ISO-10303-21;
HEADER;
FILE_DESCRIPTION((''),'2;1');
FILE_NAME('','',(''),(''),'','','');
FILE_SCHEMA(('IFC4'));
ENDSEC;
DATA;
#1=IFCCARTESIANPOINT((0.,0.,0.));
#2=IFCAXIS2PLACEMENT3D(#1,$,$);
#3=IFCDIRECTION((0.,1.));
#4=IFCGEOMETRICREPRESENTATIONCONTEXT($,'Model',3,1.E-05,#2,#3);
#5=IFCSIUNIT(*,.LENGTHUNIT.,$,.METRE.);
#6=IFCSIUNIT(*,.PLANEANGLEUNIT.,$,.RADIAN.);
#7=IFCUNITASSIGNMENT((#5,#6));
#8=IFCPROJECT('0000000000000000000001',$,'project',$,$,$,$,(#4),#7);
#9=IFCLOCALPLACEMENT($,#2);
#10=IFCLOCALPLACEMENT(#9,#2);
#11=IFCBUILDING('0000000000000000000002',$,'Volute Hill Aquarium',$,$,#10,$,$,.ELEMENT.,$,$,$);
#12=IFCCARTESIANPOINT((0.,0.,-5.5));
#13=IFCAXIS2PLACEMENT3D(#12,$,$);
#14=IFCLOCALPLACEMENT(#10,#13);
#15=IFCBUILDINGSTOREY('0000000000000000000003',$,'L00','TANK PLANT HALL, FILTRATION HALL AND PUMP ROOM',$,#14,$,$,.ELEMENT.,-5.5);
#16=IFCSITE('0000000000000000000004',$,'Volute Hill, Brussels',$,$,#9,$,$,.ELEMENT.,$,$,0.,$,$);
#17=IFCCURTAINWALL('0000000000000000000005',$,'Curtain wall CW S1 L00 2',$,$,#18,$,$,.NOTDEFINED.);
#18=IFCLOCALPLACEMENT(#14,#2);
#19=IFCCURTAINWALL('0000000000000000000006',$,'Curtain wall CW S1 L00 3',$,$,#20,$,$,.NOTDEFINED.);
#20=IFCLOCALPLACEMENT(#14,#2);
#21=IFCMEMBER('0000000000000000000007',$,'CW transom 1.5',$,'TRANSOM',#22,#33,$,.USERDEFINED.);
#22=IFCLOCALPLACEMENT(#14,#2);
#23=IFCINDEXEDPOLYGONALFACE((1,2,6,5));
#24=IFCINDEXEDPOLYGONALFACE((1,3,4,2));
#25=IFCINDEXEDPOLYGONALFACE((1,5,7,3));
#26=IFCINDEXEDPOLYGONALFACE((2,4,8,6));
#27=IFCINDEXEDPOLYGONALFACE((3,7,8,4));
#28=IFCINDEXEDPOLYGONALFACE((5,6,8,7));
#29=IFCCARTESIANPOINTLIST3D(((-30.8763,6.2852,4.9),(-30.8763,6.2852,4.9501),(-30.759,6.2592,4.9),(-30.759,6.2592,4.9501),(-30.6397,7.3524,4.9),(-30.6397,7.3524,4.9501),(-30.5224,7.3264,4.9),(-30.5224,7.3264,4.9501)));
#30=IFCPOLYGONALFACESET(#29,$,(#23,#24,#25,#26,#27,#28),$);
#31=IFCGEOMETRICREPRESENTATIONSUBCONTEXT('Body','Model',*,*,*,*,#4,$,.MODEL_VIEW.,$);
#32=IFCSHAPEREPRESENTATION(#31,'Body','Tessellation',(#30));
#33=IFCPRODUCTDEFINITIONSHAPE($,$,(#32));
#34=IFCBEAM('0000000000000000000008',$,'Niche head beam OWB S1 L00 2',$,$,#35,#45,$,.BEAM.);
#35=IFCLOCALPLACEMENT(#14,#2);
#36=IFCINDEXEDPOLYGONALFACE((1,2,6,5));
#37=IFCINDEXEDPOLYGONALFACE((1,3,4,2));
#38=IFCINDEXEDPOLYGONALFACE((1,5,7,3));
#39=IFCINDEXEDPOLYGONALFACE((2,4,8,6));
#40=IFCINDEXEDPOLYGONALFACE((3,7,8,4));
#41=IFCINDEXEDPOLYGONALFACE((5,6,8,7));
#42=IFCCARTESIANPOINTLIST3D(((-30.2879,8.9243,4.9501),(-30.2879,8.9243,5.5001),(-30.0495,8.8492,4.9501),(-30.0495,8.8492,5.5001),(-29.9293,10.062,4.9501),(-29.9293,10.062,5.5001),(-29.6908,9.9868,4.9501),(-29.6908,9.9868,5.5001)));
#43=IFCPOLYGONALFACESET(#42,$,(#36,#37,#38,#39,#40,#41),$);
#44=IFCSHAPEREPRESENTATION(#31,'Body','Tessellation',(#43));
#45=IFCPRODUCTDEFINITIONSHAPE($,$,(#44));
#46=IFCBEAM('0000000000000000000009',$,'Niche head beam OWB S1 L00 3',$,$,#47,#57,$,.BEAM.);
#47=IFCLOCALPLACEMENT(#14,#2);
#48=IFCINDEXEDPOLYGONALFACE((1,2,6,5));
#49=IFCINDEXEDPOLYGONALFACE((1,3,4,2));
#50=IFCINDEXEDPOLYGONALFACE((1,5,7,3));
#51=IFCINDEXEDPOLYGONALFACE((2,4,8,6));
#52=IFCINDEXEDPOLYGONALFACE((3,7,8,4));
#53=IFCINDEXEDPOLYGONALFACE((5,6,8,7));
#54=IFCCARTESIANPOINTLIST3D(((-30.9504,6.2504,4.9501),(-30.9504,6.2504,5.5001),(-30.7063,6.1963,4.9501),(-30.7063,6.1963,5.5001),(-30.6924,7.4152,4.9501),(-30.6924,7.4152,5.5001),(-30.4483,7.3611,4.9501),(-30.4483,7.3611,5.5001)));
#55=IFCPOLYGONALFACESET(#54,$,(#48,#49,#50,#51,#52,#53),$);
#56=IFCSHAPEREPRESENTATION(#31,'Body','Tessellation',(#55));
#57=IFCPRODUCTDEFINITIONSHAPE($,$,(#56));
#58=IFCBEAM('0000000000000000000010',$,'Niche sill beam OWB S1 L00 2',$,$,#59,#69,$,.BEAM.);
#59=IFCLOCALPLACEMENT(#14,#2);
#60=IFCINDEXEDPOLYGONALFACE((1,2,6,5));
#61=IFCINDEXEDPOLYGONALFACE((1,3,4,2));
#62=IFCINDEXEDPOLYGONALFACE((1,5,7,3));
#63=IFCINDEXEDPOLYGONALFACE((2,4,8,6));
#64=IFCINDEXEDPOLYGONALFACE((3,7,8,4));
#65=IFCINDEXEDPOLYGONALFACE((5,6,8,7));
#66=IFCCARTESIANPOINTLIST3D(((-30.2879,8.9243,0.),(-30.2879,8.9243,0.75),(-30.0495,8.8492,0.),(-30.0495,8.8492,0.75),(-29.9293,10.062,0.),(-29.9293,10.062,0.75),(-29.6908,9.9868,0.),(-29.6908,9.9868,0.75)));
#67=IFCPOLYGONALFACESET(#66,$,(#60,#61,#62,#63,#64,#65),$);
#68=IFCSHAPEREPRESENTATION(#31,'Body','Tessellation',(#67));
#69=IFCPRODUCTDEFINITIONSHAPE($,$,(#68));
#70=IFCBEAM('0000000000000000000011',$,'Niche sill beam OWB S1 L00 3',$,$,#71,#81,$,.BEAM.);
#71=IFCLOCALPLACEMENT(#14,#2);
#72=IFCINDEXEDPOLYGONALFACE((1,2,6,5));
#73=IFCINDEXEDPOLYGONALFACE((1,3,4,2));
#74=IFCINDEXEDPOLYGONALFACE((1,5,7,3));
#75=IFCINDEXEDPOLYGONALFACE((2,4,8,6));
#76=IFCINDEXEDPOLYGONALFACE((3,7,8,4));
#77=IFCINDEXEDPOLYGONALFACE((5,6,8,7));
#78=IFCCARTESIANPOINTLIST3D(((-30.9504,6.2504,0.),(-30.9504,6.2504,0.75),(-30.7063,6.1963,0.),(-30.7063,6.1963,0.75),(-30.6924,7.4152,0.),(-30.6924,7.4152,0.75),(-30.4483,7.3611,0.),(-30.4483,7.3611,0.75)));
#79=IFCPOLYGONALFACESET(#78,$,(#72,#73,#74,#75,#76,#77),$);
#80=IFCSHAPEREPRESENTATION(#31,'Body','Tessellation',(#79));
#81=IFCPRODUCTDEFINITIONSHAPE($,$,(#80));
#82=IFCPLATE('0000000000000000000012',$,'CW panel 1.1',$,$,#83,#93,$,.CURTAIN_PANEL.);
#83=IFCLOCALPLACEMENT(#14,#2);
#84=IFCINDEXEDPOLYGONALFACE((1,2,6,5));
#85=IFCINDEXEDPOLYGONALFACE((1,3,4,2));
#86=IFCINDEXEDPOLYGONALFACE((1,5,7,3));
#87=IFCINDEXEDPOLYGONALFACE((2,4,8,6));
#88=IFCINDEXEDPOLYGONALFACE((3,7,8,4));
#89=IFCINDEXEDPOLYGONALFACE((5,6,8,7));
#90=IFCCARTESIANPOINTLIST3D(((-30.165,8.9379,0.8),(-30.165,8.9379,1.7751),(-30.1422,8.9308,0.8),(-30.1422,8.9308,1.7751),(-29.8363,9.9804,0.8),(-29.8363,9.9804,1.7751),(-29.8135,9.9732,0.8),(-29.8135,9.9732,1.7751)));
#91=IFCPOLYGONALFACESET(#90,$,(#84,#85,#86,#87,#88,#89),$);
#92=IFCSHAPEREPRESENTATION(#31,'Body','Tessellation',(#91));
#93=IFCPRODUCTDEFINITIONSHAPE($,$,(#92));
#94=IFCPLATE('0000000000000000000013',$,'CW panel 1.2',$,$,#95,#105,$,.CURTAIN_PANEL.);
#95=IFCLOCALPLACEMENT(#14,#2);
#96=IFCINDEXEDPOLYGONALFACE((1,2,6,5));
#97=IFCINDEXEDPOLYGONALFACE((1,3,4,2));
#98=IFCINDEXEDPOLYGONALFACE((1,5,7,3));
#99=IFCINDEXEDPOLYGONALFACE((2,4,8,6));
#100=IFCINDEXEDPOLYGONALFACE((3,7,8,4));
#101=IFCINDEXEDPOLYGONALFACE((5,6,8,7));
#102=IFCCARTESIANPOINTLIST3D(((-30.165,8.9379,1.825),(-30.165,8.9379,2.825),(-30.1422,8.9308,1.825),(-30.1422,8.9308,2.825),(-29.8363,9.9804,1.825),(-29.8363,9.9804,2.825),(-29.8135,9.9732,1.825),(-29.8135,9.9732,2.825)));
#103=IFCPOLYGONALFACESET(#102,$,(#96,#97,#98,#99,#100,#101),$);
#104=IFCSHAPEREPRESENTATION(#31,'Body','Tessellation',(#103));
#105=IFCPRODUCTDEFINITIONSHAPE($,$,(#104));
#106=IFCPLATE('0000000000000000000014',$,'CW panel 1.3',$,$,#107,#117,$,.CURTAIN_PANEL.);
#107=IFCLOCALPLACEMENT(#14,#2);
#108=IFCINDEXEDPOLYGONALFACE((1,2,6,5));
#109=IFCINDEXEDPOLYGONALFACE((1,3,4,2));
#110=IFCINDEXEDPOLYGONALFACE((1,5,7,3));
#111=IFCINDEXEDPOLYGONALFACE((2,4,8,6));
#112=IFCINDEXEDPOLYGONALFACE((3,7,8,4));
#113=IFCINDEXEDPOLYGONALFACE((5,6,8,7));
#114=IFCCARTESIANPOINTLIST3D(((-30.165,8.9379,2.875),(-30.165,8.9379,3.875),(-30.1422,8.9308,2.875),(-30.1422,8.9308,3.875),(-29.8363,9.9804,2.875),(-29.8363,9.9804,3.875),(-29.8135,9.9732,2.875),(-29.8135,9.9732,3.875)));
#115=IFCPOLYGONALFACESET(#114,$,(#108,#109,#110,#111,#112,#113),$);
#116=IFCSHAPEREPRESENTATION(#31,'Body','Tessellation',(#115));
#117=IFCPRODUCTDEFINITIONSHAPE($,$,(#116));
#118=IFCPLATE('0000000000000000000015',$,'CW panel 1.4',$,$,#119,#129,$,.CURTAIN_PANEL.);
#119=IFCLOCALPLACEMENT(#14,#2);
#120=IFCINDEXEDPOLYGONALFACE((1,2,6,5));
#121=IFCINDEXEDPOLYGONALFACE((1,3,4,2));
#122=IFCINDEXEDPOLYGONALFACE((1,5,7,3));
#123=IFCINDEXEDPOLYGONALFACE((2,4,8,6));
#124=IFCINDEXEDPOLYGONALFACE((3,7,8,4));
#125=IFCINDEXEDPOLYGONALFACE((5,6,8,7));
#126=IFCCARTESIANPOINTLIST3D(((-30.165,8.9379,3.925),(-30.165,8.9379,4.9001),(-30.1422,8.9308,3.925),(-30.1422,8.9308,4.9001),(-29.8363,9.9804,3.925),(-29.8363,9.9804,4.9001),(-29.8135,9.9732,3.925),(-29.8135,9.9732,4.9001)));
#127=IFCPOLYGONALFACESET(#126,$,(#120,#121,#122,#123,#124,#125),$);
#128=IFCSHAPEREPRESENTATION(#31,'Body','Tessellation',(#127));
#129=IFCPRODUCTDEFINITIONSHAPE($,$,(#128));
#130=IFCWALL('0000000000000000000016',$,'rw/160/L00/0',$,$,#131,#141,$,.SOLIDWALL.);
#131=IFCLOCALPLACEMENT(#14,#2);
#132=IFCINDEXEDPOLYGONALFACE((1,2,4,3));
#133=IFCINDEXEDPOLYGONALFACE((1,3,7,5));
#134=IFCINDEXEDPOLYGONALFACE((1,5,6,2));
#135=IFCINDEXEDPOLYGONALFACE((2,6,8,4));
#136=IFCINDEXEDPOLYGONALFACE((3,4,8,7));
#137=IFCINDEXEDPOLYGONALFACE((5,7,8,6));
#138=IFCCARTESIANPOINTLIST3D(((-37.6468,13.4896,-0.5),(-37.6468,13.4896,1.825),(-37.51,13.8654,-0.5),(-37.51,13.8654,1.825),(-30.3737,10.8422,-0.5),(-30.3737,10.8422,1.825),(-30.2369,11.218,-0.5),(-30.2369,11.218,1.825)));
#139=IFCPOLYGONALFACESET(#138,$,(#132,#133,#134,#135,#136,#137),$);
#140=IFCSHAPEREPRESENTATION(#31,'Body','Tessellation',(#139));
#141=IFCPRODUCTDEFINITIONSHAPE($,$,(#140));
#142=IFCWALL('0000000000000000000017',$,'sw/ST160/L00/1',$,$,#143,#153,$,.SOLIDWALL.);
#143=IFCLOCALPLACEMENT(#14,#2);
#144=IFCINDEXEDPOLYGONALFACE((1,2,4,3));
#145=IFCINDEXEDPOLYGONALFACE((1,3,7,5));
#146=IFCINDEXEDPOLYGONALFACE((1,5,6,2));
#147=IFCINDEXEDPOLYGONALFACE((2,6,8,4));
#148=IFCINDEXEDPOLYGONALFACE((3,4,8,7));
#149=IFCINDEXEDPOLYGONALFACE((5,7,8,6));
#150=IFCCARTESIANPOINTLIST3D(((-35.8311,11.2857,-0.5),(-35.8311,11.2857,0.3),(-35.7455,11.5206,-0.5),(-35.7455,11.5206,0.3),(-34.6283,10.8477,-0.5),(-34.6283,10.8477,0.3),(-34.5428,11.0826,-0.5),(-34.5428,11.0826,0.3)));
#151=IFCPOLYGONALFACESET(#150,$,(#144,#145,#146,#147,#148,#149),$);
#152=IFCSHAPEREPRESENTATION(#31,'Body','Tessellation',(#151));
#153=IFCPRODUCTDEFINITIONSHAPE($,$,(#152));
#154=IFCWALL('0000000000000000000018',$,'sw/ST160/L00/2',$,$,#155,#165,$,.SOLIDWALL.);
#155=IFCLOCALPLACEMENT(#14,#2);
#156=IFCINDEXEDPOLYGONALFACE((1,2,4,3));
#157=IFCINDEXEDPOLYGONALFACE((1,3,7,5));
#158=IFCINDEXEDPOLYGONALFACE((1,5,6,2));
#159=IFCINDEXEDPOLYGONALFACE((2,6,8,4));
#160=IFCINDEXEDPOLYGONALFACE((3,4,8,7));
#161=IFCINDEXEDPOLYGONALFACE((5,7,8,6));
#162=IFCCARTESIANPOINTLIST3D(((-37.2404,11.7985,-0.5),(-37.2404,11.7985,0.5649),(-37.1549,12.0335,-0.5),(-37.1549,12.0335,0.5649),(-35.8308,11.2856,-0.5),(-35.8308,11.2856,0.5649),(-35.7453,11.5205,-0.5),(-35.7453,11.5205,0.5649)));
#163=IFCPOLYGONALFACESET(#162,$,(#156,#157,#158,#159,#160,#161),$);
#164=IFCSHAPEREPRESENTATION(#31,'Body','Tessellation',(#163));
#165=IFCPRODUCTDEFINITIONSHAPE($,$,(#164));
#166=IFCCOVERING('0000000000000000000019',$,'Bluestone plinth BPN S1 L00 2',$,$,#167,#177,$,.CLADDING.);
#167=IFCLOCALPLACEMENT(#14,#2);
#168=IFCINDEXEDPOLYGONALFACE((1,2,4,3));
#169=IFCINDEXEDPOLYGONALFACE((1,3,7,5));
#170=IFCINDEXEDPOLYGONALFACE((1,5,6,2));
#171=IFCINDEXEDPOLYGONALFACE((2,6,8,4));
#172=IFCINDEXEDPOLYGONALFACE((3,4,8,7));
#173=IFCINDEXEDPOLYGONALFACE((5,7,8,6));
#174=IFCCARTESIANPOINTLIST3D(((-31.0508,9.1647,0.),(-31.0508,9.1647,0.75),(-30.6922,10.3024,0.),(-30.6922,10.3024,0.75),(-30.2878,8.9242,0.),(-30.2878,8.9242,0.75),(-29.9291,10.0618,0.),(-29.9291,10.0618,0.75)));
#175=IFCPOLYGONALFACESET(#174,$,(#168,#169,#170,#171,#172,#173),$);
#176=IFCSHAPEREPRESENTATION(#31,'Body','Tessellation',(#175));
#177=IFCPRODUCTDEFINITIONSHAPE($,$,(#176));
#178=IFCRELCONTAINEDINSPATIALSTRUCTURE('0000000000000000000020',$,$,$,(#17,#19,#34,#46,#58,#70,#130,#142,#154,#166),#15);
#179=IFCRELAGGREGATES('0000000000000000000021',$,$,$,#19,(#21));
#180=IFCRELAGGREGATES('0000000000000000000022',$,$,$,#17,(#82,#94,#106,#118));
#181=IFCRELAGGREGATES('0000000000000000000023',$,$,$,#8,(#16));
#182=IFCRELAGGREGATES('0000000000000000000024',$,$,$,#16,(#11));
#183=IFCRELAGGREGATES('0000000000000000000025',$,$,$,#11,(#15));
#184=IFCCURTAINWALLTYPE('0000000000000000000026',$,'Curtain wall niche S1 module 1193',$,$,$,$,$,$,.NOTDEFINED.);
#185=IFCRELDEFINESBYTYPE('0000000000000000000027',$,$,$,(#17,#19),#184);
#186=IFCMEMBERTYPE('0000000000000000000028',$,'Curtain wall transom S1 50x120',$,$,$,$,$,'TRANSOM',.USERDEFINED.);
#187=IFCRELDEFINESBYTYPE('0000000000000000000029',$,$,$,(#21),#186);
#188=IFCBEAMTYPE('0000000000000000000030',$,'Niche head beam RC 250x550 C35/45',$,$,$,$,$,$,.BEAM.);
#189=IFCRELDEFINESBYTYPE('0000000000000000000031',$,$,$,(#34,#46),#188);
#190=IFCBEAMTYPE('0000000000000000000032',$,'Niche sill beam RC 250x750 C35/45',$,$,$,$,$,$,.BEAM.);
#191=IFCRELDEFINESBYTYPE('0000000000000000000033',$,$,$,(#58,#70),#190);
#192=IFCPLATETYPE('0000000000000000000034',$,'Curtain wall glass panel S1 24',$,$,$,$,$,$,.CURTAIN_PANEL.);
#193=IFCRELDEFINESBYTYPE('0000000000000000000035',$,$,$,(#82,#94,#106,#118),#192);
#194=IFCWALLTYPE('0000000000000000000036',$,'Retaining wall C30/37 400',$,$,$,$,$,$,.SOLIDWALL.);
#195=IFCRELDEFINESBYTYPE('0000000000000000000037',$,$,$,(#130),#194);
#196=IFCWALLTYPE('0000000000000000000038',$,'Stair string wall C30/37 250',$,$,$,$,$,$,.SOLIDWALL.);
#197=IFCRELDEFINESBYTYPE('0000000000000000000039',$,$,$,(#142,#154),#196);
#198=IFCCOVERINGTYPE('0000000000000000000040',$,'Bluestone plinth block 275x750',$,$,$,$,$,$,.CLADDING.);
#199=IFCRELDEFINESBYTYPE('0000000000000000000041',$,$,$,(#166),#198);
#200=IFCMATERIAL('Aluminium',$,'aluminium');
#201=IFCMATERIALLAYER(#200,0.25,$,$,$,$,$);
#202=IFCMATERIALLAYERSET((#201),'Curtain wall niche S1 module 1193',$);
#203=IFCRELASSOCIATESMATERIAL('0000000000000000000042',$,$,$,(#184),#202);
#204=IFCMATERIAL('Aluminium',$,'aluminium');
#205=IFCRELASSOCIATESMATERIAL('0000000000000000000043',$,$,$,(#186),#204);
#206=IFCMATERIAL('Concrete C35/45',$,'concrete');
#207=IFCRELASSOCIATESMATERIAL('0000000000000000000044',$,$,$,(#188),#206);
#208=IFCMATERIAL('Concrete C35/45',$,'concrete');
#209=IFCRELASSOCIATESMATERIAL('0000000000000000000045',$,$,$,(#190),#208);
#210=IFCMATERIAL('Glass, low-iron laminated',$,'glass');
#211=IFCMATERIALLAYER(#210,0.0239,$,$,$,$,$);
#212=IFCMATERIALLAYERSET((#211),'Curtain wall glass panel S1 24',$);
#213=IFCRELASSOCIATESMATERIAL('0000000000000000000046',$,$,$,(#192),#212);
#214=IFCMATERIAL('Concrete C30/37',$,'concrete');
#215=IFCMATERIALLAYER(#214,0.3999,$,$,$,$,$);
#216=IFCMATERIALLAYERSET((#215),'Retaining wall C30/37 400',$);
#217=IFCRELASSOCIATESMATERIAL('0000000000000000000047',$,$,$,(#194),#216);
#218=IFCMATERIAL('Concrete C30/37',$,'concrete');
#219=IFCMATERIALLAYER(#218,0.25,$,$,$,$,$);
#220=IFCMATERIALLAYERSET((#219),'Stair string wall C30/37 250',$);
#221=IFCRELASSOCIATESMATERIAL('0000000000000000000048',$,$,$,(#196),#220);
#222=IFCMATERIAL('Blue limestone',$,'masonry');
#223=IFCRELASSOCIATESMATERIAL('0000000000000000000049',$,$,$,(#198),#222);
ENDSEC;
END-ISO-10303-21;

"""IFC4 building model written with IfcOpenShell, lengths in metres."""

from ifc_helpers import new_model, si_unit, direction, frame, frame_2d, origin, origin_2d, place, context, subcontext, project, spatial, rectangle, extrude, material, layer, layer_set, material_profile, profile_set, type_object, element, aggregate, save


model = new_model("IFC4")

# Units and contexts
model_context = context("Model", 3, precision=1e-05, world=origin(), true_north=direction((0.0, 1.0)))
body_context = subcontext(model_context, "Body", "Model", "MODEL_VIEW")
ifc_project = project(units=[si_unit("LENGTHUNIT", "METRE"), si_unit("PLANEANGLEUNIT", "RADIAN")], contexts=[model_context])

# Site, building, storey
site_placement = place(None, origin())
site = spatial("IfcSite", under=ifc_project, at=site_placement, Name="Volute Hill, Brussels", CompositionType="ELEMENT", RefElevation=0.0)
building_placement = place(site_placement, origin())
building = spatial("IfcBuilding", under=site, at=building_placement, Name="Volute Hill Aquarium", CompositionType="ELEMENT")
storey_placement = place(building_placement, frame((0.0, 0.0, -5.5)))
storey = spatial("IfcBuildingStorey", under=building, at=storey_placement, Name="L00", Description="TANK PLANT HALL, FILTRATION HALL AND PUMP ROOM", CompositionType="ELEMENT", Elevation=-5.5)

# Curtain wall
ifc_material_1 = material(Name="Aluminium", Category="aluminium")
ifc_layer_1 = layer(ifc_material_1, 0.25)
ifc_layer_set_1 = layer_set([ifc_layer_1], Name="Curtain wall niche S1 module 1193")
curtain_wall_type = type_object("IfcCurtainWallType", Name="Curtain wall niche S1 module 1193", PredefinedType="NOTDEFINED", material=ifc_layer_set_1)
curtain_wall_1_placement = place(storey_placement, origin())
curtain_wall_1 = element("IfcCurtainWall", 1, at=curtain_wall_1_placement, inside=storey, type_object=curtain_wall_type, Name="Curtain wall CW S1 L00 2", PredefinedType="NOTDEFINED")

# Curtain wall
curtain_wall_2_placement = place(storey_placement, origin())
curtain_wall_2 = element("IfcCurtainWall", 2, at=curtain_wall_2_placement, inside=storey, type_object=curtain_wall_type, Name="Curtain wall CW S1 L00 3", PredefinedType="NOTDEFINED")

# Member
ifc_material_2 = material(Name="Aluminium", Category="aluminium")
ifc_material_profile_1 = material_profile(ifc_material_2, rectangle(XDim=0.1201, YDim=0.05, at=origin_2d()), Name="Curtain wall transom S1 50x120")
ifc_profile_set_1 = profile_set([ifc_material_profile_1], Name="Aluminium")
member_type_1 = type_object("IfcMemberType", Name="Curtain wall transom S1 50x120", ElementType="TRANSOM", PredefinedType="USERDEFINED", material=ifc_profile_set_1)
member_1_placement = place(storey_placement, frame((-30.5811, 7.3394, 4.925), z_axis=(-0.216434, -0.976297, 0.0), x_axis=(0.976297, -0.216434, 0.0)))
member_1 = element("IfcMember", 3, at=member_1_placement, type_object=member_type_1, Name="CW transom 1.5", ObjectType="TRANSOM", PredefinedType="USERDEFINED", context=body_context, shape_type="SweptSolid", body=[
    extrude(rectangle(XDim=0.1201, YDim=0.05, at=origin_2d()), origin(), (0.0, 0.0, 1.0), 1.093),
])
aggregate(curtain_wall_2, [member_1])

# Beams
ifc_material_3 = material(Name="Concrete C35/45", Category="concrete")
ifc_material_profile_2 = material_profile(ifc_material_3, rectangle(XDim=0.25, YDim=0.55, at=origin_2d()), Name="RC beam 250x550")
ifc_profile_set_2 = profile_set([ifc_material_profile_2], Name="Concrete C35/45")
beam_type_1 = type_object("IfcBeamType", Name="Niche head beam RC 250x550 C35/45", PredefinedType="BEAM", material=ifc_profile_set_2)
beam_1_placement = place(storey_placement, frame((-29.8101, 10.0244, 5.2251), z_axis=(-0.300651, -0.953734, 0.0), x_axis=(0.953734, -0.300651, 0.0)))
element("IfcBeam", 4, at=beam_1_placement, inside=storey, type_object=beam_type_1, Name="Niche head beam OWB S1 L00 2", PredefinedType="BEAM", context=body_context, shape_type="SweptSolid", body=[
    extrude(rectangle(XDim=0.25, YDim=0.55, at=origin_2d()), origin(), (0.0, 0.0, 1.0), 1.1929),
])
beam_2_placement = place(storey_placement, frame((-30.5703, 7.3882, 5.2251), z_axis=(-0.216302, -0.976326, 0.0), x_axis=(0.976326, -0.216302, 0.0)))
element("IfcBeam", 5, at=beam_2_placement, inside=storey, type_object=beam_type_1, Name="Niche head beam OWB S1 L00 3", PredefinedType="BEAM", context=body_context, shape_type="SweptSolid", body=[
    extrude(rectangle(XDim=0.25, YDim=0.55, at=origin_2d()), origin(), (0.0, 0.0, 1.0), 1.1931),
])
ifc_material_4 = material(Name="Concrete C35/45", Category="concrete")
ifc_material_profile_3 = material_profile(ifc_material_4, rectangle(XDim=0.25, YDim=0.75, at=origin_2d()), Name="RC beam 250x750")
ifc_profile_set_3 = profile_set([ifc_material_profile_3], Name="Concrete C35/45")
beam_type_2 = type_object("IfcBeamType", Name="Niche sill beam RC 250x750 C35/45", PredefinedType="BEAM", material=ifc_profile_set_3)
beam_3_placement = place(storey_placement, frame((-29.8101, 10.0244, 0.375), z_axis=(-0.300651, -0.953734, 0.0), x_axis=(0.953734, -0.300651, 0.0)))
element("IfcBeam", 6, at=beam_3_placement, inside=storey, type_object=beam_type_2, Name="Niche sill beam OWB S1 L00 2", PredefinedType="BEAM", context=body_context, shape_type="SweptSolid", body=[
    extrude(rectangle(XDim=0.25, YDim=0.75, at=origin_2d()), origin(), (0.0, 0.0, 1.0), 1.1929),
])
beam_4_placement = place(storey_placement, frame((-30.5703, 7.3882, 0.375), z_axis=(-0.216302, -0.976326, 0.0), x_axis=(0.976326, -0.216302, 0.0)))
element("IfcBeam", 7, at=beam_4_placement, inside=storey, type_object=beam_type_2, Name="Niche sill beam OWB S1 L00 3", PredefinedType="BEAM", context=body_context, shape_type="SweptSolid", body=[
    extrude(rectangle(XDim=0.25, YDim=0.75, at=origin_2d()), origin(), (0.0, 0.0, 1.0), 1.1931),
])

# Plates
ifc_material_5 = material(Name="Glass, low-iron laminated", Category="glass")
ifc_layer_2 = layer(ifc_material_5, 0.0239)
ifc_layer_set_2 = layer_set([ifc_layer_2], Name="Curtain wall glass panel S1 24")
plate_type = type_object("IfcPlateType", Name="Curtain wall glass panel S1 24", PredefinedType="CURTAIN_PANEL", material=ifc_layer_set_2)
plate_1_placement = place(storey_placement, frame((-29.9893, 9.4556, 0.8), z_axis=(0.0, 0.0, 1.0), x_axis=(-0.300702, -0.953718, 0.0)))
plate_1 = element("IfcPlate", 8, at=plate_1_placement, type_object=plate_type, Name="CW panel 1.1", PredefinedType="CURTAIN_PANEL", context=body_context, shape_type="SweptSolid", body=[
    extrude(rectangle(XDim=1.093, YDim=0.0239, at=origin_2d()), origin(), (0.0, 0.0, 1.0), 0.9751),
])
plate_2_placement = place(storey_placement, frame((-29.9893, 9.4556, 1.825), z_axis=(0.0, 0.0, 1.0), x_axis=(-0.300702, -0.953718, 0.0)))
plate_2 = element("IfcPlate", 9, at=plate_2_placement, type_object=plate_type, Name="CW panel 1.2", PredefinedType="CURTAIN_PANEL", context=body_context, shape_type="SweptSolid", body=[
    extrude(rectangle(XDim=1.093, YDim=0.0239, at=origin_2d()), origin(), (0.0, 0.0, 1.0), 1.0),
])
plate_3_placement = place(storey_placement, frame((-29.9893, 9.4556, 2.875), z_axis=(0.0, 0.0, 1.0), x_axis=(-0.300702, -0.953718, 0.0)))
plate_3 = element("IfcPlate", 10, at=plate_3_placement, type_object=plate_type, Name="CW panel 1.3", PredefinedType="CURTAIN_PANEL", context=body_context, shape_type="SweptSolid", body=[
    extrude(rectangle(XDim=1.093, YDim=0.0239, at=origin_2d()), origin(), (0.0, 0.0, 1.0), 1.0),
])
plate_4_placement = place(storey_placement, frame((-29.9893, 9.4556, 3.925), z_axis=(0.0, 0.0, 1.0), x_axis=(-0.300702, -0.953718, 0.0)))
plate_4 = element("IfcPlate", 11, at=plate_4_placement, type_object=plate_type, Name="CW panel 1.4", PredefinedType="CURTAIN_PANEL", context=body_context, shape_type="SweptSolid", body=[
    extrude(rectangle(XDim=1.093, YDim=0.0239, at=origin_2d()), origin(), (0.0, 0.0, 1.0), 0.9751),
])
aggregate(curtain_wall_1, [plate_1, plate_2, plate_3, plate_4])

# Walls
ifc_material_6 = material(Name="Concrete C30/37", Category="concrete")
ifc_layer_3 = layer(ifc_material_6, 0.3999)
ifc_layer_set_3 = layer_set([ifc_layer_3], Name="Retaining wall C30/37 400")
wall_type_1 = type_object("IfcWallType", Name="Retaining wall C30/37 400", PredefinedType="SOLIDWALL", material=ifc_layer_set_3)
wall_1_placement = place(storey_placement, frame((-30.3052, 11.03, -0.5), z_axis=(0.0, 0.0, 1.0), x_axis=(-0.939683, 0.342047, 0.0)))
element("IfcWall", 12, at=wall_1_placement, inside=storey, type_object=wall_type_1, Name="rw/160/L00/0", PredefinedType="SOLIDWALL", context=body_context, shape_type="SweptSolid", body=[
    extrude(rectangle(XDim=7.74, YDim=0.3999, at=frame_2d((3.8701, 0.0))), origin(), (0.0, 0.0, 1.0), 2.325),
])
ifc_material_7 = material(Name="Concrete C30/37", Category="concrete")
ifc_layer_4 = layer(ifc_material_7, 0.25)
ifc_layer_set_4 = layer_set([ifc_layer_4], Name="Stair string wall C30/37 250")
wall_type_2 = type_object("IfcWallType", Name="Stair string wall C30/37 250", PredefinedType="SOLIDWALL", material=ifc_layer_set_4)
wall_2_placement = place(storey_placement, frame((-34.5854, 10.9651, -0.5), z_axis=(0.0, 0.0, 1.0), x_axis=(-0.939626, 0.342202, 0.0)))
element("IfcWall", 13, at=wall_2_placement, inside=storey, type_object=wall_type_2, Name="sw/ST160/L00/1", PredefinedType="SOLIDWALL", context=body_context, shape_type="SweptSolid", body=[
    extrude(rectangle(XDim=1.28, YDim=0.25, at=frame_2d((0.6401, 0.0))), origin(), (0.0, 0.0, 1.0), 0.8),
])
wall_3_placement = place(storey_placement, frame((-35.7881, 11.4031, -0.5), z_axis=(0.0, 0.0, 1.0), x_axis=(-0.939722, 0.341939, 0.0)))
element("IfcWall", 14, at=wall_3_placement, inside=storey, type_object=wall_type_2, Name="sw/ST160/L00/2", PredefinedType="SOLIDWALL", context=body_context, shape_type="SweptSolid", body=[
    extrude(rectangle(XDim=1.5, YDim=0.25, at=frame_2d((0.75, 0.0))), origin(), (0.0, 0.0, 1.0), 1.0649),
])

# Covering
ifc_material_8 = material(Name="Blue limestone", Category="masonry")
covering_type_1 = type_object("IfcCoveringType", Name="Bluestone plinth block 275x750", PredefinedType="CLADDING", material=ifc_material_8)
covering_1_placement = place(storey_placement, frame((-30.49, 9.6133, 0.0), z_axis=(0.0, 0.0, 1.0), x_axis=(-0.3007, -0.953719, 0.0)))
element("IfcCovering", 15, at=covering_1_placement, inside=storey, type_object=covering_type_1, Name="Bluestone plinth BPN S1 L00 2", PredefinedType="CLADDING", context=body_context, shape_type="SweptSolid", body=[
    extrude(rectangle(XDim=1.1929, YDim=0.8, at=origin_2d()), origin(), (0.0, 0.0, 1.0), 0.75),
])

save(model, "model.ifc")
